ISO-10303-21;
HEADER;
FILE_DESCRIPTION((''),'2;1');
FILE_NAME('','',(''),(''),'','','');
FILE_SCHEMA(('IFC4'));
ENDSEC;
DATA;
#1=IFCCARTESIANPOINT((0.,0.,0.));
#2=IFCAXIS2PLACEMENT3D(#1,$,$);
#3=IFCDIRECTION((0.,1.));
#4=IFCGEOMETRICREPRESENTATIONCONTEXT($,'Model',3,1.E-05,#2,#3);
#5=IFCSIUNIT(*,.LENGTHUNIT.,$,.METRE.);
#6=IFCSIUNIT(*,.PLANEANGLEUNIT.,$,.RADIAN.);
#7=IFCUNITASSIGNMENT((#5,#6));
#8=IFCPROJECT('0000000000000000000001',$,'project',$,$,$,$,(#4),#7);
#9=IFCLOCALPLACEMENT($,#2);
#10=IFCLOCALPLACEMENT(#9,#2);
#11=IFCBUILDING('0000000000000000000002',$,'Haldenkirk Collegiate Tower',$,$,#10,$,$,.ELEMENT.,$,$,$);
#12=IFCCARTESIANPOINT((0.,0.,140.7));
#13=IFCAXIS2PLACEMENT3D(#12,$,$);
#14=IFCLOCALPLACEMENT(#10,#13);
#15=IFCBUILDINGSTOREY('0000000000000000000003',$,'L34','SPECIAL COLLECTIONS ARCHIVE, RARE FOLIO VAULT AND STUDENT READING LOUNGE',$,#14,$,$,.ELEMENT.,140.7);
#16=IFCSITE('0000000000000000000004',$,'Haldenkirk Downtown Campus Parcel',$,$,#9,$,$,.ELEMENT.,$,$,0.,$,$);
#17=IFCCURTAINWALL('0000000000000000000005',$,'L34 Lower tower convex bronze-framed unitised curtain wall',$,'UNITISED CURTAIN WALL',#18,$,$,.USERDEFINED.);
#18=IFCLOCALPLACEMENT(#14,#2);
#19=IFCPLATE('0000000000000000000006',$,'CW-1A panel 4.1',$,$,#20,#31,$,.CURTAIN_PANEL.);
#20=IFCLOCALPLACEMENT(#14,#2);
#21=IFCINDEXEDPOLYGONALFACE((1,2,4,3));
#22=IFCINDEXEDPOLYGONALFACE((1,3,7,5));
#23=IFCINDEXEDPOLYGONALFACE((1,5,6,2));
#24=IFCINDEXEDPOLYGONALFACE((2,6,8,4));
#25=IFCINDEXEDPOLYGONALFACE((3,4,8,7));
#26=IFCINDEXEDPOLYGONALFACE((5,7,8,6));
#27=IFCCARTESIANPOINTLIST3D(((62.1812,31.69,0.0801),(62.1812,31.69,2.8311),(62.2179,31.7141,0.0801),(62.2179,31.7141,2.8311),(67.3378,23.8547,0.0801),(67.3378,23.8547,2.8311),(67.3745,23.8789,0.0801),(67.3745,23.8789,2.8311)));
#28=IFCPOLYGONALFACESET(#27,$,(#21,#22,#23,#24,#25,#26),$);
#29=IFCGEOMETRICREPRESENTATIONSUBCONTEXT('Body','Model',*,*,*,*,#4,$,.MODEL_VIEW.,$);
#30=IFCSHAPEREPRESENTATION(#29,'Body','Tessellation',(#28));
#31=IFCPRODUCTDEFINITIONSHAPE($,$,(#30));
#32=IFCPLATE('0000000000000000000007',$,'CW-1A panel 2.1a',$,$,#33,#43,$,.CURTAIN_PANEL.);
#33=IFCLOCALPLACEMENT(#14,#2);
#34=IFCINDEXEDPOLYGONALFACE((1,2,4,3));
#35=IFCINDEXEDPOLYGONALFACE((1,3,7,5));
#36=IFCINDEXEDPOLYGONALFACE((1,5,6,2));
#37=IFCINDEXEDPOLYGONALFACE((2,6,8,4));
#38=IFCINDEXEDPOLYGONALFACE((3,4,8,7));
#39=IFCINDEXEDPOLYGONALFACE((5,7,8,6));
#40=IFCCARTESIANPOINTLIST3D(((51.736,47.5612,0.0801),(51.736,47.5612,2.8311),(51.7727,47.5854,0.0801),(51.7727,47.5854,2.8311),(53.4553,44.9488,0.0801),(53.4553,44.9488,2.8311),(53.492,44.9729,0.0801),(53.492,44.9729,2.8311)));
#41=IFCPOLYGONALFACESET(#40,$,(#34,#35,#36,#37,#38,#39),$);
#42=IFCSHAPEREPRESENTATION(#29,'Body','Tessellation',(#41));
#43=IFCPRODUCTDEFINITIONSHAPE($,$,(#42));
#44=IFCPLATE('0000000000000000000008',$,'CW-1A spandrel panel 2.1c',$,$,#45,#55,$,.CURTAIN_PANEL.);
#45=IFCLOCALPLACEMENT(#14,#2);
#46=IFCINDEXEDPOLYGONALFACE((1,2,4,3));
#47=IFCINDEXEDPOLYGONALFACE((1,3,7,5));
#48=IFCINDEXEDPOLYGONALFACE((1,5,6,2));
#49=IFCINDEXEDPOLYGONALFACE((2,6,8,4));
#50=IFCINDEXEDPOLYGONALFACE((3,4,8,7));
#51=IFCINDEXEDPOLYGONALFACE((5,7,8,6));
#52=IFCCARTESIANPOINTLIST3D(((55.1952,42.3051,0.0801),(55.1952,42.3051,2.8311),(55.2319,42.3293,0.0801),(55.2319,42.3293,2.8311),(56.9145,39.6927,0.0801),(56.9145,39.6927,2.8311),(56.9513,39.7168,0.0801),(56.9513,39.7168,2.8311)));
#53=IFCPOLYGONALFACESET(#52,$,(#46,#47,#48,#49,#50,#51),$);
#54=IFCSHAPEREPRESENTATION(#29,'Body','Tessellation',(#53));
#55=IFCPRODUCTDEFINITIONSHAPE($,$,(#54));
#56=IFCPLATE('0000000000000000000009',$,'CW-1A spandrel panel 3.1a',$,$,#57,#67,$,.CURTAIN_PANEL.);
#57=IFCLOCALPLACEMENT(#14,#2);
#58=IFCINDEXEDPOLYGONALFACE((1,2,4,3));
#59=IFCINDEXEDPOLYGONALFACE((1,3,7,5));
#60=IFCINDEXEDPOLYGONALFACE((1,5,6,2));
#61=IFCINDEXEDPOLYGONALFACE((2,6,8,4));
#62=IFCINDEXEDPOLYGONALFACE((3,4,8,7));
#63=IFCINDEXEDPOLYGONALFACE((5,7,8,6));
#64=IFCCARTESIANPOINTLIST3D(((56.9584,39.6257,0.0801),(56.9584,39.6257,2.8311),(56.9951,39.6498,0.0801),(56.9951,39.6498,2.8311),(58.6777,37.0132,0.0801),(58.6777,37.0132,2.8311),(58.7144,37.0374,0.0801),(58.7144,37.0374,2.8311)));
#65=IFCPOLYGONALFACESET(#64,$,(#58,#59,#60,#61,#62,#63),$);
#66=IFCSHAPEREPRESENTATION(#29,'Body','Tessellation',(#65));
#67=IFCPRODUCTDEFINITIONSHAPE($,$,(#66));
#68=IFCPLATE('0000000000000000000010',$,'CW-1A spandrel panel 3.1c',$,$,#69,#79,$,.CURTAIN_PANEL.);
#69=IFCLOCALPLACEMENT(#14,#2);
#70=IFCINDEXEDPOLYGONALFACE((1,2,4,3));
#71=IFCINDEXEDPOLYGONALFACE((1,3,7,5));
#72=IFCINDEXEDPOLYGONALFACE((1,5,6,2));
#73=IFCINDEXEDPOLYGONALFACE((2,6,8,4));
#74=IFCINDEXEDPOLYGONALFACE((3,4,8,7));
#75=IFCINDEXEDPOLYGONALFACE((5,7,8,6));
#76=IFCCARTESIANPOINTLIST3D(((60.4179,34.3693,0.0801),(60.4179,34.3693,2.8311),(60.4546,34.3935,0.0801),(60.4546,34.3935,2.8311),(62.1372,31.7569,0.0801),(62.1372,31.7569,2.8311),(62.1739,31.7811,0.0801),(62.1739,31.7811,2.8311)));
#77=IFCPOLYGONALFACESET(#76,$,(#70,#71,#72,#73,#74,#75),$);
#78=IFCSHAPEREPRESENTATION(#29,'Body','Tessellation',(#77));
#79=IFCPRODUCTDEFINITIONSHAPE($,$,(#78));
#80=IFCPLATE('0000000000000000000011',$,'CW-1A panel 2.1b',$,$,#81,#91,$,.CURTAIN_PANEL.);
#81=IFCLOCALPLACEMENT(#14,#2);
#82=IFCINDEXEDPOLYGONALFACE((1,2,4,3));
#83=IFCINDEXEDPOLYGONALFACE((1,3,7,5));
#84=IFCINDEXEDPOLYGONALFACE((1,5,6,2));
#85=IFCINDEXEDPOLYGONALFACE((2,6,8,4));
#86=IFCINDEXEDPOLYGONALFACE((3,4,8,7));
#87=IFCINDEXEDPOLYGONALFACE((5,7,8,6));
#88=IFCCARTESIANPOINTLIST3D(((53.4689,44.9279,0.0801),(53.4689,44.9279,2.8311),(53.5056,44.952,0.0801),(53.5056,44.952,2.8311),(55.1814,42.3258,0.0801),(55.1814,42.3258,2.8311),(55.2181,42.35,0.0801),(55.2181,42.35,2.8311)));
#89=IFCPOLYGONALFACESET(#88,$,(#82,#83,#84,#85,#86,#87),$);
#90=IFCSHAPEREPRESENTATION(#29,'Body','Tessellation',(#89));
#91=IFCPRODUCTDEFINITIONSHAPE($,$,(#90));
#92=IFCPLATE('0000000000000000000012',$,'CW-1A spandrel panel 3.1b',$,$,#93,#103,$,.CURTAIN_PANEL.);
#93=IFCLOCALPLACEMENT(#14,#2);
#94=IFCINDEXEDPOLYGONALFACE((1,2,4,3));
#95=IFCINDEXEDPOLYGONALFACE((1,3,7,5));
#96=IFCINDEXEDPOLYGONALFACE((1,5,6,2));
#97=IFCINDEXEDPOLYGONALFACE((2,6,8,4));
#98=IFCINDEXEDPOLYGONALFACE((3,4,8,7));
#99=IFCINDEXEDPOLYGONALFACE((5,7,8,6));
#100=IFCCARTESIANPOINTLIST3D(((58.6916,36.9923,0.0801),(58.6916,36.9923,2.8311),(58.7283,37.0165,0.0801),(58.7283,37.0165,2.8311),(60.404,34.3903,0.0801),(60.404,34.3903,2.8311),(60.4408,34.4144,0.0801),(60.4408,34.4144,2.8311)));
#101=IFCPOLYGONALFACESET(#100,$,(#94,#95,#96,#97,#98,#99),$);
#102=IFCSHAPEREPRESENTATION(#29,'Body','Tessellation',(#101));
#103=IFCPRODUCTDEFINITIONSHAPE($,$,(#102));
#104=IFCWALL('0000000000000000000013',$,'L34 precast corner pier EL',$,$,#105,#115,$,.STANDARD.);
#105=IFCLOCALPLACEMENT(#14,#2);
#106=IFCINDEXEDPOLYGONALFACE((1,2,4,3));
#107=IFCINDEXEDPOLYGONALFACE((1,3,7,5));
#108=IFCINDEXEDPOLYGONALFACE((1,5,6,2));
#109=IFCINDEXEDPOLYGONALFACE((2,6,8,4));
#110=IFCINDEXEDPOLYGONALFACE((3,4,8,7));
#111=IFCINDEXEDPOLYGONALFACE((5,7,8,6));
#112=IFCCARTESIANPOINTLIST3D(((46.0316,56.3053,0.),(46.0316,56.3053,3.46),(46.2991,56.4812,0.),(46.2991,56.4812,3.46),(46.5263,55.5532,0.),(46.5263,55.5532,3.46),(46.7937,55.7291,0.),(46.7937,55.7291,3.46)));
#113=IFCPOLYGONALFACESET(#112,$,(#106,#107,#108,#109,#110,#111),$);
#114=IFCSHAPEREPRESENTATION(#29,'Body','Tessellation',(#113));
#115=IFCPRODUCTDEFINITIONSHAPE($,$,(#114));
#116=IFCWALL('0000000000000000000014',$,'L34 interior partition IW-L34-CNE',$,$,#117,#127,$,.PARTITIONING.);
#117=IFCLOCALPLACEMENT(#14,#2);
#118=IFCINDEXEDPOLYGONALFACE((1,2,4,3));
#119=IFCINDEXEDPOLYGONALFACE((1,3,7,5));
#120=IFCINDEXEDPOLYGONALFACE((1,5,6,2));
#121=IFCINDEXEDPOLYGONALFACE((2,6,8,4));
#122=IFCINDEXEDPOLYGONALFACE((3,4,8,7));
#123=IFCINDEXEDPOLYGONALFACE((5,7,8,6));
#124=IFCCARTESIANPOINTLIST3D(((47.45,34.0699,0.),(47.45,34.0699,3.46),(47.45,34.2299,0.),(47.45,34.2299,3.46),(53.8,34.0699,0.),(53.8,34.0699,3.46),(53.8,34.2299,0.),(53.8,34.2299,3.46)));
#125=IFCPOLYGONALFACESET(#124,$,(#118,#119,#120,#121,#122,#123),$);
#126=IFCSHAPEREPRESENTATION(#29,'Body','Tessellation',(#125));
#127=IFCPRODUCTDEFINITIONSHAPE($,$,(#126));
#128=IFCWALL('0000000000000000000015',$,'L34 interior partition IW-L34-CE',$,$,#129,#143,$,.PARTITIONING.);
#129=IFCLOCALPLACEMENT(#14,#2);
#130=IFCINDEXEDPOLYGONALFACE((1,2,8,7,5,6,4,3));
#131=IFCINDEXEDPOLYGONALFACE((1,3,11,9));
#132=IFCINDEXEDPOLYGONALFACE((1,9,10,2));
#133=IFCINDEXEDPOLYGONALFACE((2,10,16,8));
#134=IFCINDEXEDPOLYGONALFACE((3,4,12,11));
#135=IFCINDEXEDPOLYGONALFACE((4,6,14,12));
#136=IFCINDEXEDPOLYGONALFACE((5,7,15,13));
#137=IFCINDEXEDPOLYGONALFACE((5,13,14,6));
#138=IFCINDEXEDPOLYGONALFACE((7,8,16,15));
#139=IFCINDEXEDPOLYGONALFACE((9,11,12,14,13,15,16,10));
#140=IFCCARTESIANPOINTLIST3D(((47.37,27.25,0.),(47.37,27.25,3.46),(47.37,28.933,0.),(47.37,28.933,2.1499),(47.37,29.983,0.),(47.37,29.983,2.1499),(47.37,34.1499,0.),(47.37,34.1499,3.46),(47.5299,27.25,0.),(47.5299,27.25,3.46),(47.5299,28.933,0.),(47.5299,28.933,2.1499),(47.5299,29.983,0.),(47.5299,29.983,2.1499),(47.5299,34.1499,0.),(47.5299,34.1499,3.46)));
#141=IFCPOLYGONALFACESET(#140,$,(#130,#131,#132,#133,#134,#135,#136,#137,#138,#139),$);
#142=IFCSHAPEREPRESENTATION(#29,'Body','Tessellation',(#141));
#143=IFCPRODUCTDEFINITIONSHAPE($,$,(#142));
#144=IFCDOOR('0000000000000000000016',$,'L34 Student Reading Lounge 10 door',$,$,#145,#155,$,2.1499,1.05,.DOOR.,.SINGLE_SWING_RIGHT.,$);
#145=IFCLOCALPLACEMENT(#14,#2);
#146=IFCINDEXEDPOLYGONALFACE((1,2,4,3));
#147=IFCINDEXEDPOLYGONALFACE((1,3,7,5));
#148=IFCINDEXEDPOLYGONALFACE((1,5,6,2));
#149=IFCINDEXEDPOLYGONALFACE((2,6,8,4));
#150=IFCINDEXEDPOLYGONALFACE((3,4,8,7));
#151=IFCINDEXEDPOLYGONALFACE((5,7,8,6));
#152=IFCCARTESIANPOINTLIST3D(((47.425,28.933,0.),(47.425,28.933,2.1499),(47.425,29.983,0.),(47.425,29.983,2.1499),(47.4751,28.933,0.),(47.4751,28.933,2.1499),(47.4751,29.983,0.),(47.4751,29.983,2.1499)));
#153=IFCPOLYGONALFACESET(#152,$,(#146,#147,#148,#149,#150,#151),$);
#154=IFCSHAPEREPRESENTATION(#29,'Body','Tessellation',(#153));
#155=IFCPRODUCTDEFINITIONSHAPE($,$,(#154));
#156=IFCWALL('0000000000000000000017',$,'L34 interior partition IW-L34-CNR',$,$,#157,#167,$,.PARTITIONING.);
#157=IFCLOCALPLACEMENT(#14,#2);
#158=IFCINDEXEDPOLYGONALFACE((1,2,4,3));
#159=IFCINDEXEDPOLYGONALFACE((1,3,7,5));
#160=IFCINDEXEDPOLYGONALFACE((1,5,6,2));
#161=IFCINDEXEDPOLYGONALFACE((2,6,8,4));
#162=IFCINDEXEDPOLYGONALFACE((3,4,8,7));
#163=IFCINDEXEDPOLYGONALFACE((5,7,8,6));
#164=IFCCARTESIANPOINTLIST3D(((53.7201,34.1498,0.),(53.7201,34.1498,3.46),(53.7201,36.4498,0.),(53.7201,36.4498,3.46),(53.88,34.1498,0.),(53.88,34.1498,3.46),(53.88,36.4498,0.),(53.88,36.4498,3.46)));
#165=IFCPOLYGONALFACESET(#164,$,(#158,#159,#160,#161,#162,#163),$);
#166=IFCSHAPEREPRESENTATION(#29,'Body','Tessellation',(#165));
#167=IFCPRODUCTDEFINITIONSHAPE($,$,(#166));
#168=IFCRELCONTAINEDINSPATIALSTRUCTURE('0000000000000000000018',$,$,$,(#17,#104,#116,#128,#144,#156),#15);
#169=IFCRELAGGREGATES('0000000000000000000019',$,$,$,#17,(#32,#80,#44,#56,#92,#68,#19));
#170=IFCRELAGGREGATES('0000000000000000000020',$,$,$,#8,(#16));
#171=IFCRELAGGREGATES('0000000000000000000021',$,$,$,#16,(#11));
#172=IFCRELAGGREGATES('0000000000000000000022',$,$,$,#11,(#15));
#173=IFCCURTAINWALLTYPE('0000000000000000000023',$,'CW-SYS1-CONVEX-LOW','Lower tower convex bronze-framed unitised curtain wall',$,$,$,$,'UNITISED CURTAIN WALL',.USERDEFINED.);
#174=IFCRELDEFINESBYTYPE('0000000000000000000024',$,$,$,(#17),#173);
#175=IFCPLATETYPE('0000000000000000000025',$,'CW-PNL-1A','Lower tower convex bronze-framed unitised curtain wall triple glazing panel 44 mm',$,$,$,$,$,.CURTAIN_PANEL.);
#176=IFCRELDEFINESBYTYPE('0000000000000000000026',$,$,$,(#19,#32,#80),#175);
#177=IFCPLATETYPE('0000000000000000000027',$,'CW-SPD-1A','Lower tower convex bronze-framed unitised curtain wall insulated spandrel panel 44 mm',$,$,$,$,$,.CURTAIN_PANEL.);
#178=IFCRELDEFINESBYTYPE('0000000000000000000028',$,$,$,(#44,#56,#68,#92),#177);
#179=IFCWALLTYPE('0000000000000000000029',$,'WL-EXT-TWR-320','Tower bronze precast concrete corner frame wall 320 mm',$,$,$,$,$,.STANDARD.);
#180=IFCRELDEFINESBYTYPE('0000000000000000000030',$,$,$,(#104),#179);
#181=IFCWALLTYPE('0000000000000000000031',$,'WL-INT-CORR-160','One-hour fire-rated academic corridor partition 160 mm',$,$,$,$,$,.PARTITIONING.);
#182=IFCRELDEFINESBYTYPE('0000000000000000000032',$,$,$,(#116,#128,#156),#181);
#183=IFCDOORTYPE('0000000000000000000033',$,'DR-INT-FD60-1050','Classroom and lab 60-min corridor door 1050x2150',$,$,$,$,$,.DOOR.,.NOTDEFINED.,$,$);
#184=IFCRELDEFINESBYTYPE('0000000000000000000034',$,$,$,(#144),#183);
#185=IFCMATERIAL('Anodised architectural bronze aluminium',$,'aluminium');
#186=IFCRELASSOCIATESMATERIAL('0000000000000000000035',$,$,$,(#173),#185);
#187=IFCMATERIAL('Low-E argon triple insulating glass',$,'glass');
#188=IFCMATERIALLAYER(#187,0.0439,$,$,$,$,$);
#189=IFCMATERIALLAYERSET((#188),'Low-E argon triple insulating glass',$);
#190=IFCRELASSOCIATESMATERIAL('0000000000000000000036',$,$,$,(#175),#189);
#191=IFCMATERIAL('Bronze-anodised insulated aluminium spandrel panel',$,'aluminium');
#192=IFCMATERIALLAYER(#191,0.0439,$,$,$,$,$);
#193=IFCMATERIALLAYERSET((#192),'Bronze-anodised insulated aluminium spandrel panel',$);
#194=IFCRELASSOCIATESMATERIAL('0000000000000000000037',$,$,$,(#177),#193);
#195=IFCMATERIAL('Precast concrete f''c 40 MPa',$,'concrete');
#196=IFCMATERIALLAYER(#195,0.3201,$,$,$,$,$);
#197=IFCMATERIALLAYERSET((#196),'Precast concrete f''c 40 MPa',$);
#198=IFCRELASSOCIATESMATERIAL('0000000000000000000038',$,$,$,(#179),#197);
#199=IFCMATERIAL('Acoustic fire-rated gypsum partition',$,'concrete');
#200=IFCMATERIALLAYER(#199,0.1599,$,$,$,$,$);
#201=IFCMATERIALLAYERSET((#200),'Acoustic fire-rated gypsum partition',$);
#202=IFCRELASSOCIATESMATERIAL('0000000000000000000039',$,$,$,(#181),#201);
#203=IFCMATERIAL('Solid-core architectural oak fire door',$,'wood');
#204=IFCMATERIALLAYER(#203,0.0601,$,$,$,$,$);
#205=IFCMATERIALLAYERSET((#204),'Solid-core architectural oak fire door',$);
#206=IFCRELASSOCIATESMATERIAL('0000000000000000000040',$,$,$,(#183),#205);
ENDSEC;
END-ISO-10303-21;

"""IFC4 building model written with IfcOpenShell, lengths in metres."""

from ifc_helpers import new_model, si_unit, direction, frame, frame_2d, origin, origin_2d, place, context, subcontext, project, spatial, rectangle, extrude, source, transform, mapped, material, layer, layer_set, type_object, element, fill, aggregate, save


model = new_model("IFC4")

# Units and contexts
model_context = context("Model", 3, precision=1e-05, world=origin(), true_north=direction((0.0, 1.0)))
body_context = subcontext(model_context, "Body", "Model", "MODEL_VIEW")
ifc_project = project(units=[si_unit("LENGTHUNIT", "METRE"), si_unit("PLANEANGLEUNIT", "RADIAN")], contexts=[model_context])

# Site, building, storey
site_placement = place(None, origin())
site = spatial("IfcSite", under=ifc_project, at=site_placement, Name="Haldenkirk Downtown Campus Parcel", CompositionType="ELEMENT", RefElevation=0.0)
building_placement = place(site_placement, origin())
building = spatial("IfcBuilding", under=site, at=building_placement, Name="Haldenkirk Collegiate Tower", CompositionType="ELEMENT")
storey_placement = place(building_placement, frame((0.0, 0.0, 140.7)))
storey = spatial("IfcBuildingStorey", under=building, at=storey_placement, Name="L34", Description="SPECIAL COLLECTIONS ARCHIVE, RARE FOLIO VAULT AND STUDENT READING LOUNGE", CompositionType="ELEMENT", Elevation=140.7)

# Curtain wall, plates
ifc_material_1 = material(Name="Anodised architectural bronze aluminium", Category="aluminium")
curtain_wall_type = type_object("IfcCurtainWallType", Name="CW-SYS1-CONVEX-LOW", Description="Lower tower convex bronze-framed unitised curtain wall", ElementType="UNITISED CURTAIN WALL", PredefinedType="USERDEFINED", material=ifc_material_1)
curtain_wall_placement = place(storey_placement, origin())
curtain_wall = element("IfcCurtainWall", 1, at=curtain_wall_placement, inside=storey, type_object=curtain_wall_type, Name="L34 Lower tower convex bronze-framed unitised curtain wall", ObjectType="UNITISED CURTAIN WALL", PredefinedType="USERDEFINED")
ifc_material_2 = material(Name="Low-E argon triple insulating glass", Category="glass")
ifc_layer_1 = layer(ifc_material_2, 0.0439)
ifc_layer_set_1 = layer_set([ifc_layer_1], Name="Low-E argon triple insulating glass")
plate_type_1 = type_object("IfcPlateType", Name="CW-PNL-1A", Description="Lower tower convex bronze-framed unitised curtain wall triple glazing panel 44 mm", PredefinedType="CURTAIN_PANEL", material=ifc_layer_set_1)
shared_shape_1 = source(origin(), body_context, "Body", "SweptSolid", [
    extrude(rectangle(XDim=9.3799, YDim=0.0439, at=origin_2d()), origin(), (0.0, 0.0, 1.0), 2.751),
])
plate_1_placement = place(storey_placement, frame((64.7778, 27.7844, 0.0801), z_axis=(0.0, 0.0, 1.0), x_axis=(0.549751, -0.835328, 0.0)))
plate_1 = element("IfcPlate", 2, at=plate_1_placement, type_object=plate_type_1, Name="CW-1A panel 4.1", PredefinedType="CURTAIN_PANEL", context=body_context, shape_type="MappedRepresentation", body=[
    mapped(shared_shape_1, transform((0.0, 0.0, 0.0), x_axis=(1.0, 0.0, 0.0), y_axis=(0.0, 1.0, 0.0), z_axis=(0.0, 0.0, 1.0), scale=1.0)),
])
shared_shape_2 = source(origin(), body_context, "Body", "SweptSolid", [
    extrude(rectangle(XDim=3.1274, YDim=0.0439, at=origin_2d()), origin(), (0.0, 0.0, 1.0), 2.751),
])
plate_2_placement = place(storey_placement, frame((52.614, 46.2671, 0.0801), z_axis=(0.0, 0.0, 1.0), x_axis=(0.549751, -0.835328, 0.0)))
plate_2 = element("IfcPlate", 3, at=plate_2_placement, type_object=plate_type_1, Name="CW-1A panel 2.1a", PredefinedType="CURTAIN_PANEL", context=body_context, shape_type="MappedRepresentation", body=[
    mapped(shared_shape_2, transform((0.0, 0.0, 0.0), x_axis=(1.0, 0.0, 0.0), y_axis=(0.0, 1.0, 0.0), z_axis=(0.0, 0.0, 1.0), scale=1.0)),
])
ifc_material_3 = material(Name="Bronze-anodised insulated aluminium spandrel panel", Category="aluminium")
ifc_layer_2 = layer(ifc_material_3, 0.0439)
ifc_layer_set_2 = layer_set([ifc_layer_2], Name="Bronze-anodised insulated aluminium spandrel panel")
plate_type_2 = type_object("IfcPlateType", Name="CW-SPD-1A", Description="Lower tower convex bronze-framed unitised curtain wall insulated spandrel panel 44 mm", PredefinedType="CURTAIN_PANEL", material=ifc_layer_set_2)
plate_3_placement = place(storey_placement, frame((56.0732, 41.011, 0.0801), z_axis=(0.0, 0.0, 1.0), x_axis=(0.549751, -0.835328, 0.0)))
plate_3 = element("IfcPlate", 4, at=plate_3_placement, type_object=plate_type_2, Name="CW-1A spandrel panel 2.1c", PredefinedType="CURTAIN_PANEL", context=body_context, shape_type="MappedRepresentation", body=[
    mapped(shared_shape_2, transform((0.0, 0.0, 0.0), x_axis=(1.0, 0.0, 0.0), y_axis=(0.0, 1.0, 0.0), z_axis=(0.0, 0.0, 1.0), scale=1.0)),
])
plate_4_placement = place(storey_placement, frame((57.8364, 38.3315, 0.0801), z_axis=(0.0, 0.0, 1.0), x_axis=(0.549751, -0.835328, 0.0)))
plate_4 = element("IfcPlate", 5, at=plate_4_placement, type_object=plate_type_2, Name="CW-1A spandrel panel 3.1a", PredefinedType="CURTAIN_PANEL", context=body_context, shape_type="MappedRepresentation", body=[
    mapped(shared_shape_2, transform((0.0, 0.0, 0.0), x_axis=(1.0, 0.0, 0.0), y_axis=(0.0, 1.0, 0.0), z_axis=(0.0, 0.0, 1.0), scale=1.0)),
])
plate_5_placement = place(storey_placement, frame((61.2959, 33.0752, 0.0801), z_axis=(0.0, 0.0, 1.0), x_axis=(0.549751, -0.835328, 0.0)))
plate_5 = element("IfcPlate", 6, at=plate_5_placement, type_object=plate_type_2, Name="CW-1A spandrel panel 3.1c", PredefinedType="CURTAIN_PANEL", context=body_context, shape_type="MappedRepresentation", body=[
    mapped(shared_shape_2, transform((0.0, 0.0, 0.0), x_axis=(1.0, 0.0, 0.0), y_axis=(0.0, 1.0, 0.0), z_axis=(0.0, 0.0, 1.0), scale=1.0)),
])
shared_shape_3 = source(origin(), body_context, "Body", "SweptSolid", [
    extrude(rectangle(XDim=3.115, YDim=0.0439, at=origin_2d()), origin(), (0.0, 0.0, 1.0), 2.751),
])
plate_6_placement = place(storey_placement, frame((54.3435, 43.6389, 0.0801), z_axis=(0.0, 0.0, 1.0), x_axis=(0.549751, -0.835328, 0.0)))
plate_6 = element("IfcPlate", 7, at=plate_6_placement, type_object=plate_type_1, Name="CW-1A panel 2.1b", PredefinedType="CURTAIN_PANEL", context=body_context, shape_type="MappedRepresentation", body=[
    mapped(shared_shape_3, transform((0.0, 0.0, 0.0), x_axis=(1.0, 0.0, 0.0), y_axis=(0.0, 1.0, 0.0), z_axis=(0.0, 0.0, 1.0), scale=1.0)),
])
plate_7_placement = place(storey_placement, frame((59.5662, 35.7034, 0.0801), z_axis=(0.0, 0.0, 1.0), x_axis=(0.549751, -0.835328, 0.0)))
plate_7 = element("IfcPlate", 8, at=plate_7_placement, type_object=plate_type_2, Name="CW-1A spandrel panel 3.1b", PredefinedType="CURTAIN_PANEL", context=body_context, shape_type="MappedRepresentation", body=[
    mapped(shared_shape_3, transform((0.0, 0.0, 0.0), x_axis=(1.0, 0.0, 0.0), y_axis=(0.0, 1.0, 0.0), z_axis=(0.0, 0.0, 1.0), scale=1.0)),
])
aggregate(curtain_wall, [plate_2, plate_6, plate_3, plate_4, plate_7, plate_5, plate_1])

# Walls
ifc_material_4 = material(Name="Precast concrete f'c 40 MPa", Category="concrete")
ifc_layer_3 = layer(ifc_material_4, 0.3201)
ifc_layer_set_3 = layer_set([ifc_layer_3], Name="Precast concrete f'c 40 MPa")
wall_type_1 = type_object("IfcWallType", Name="WL-EXT-TWR-320", Description="Tower bronze precast concrete corner frame wall 320 mm", PredefinedType="STANDARD", material=ifc_layer_set_3)
wall_1_placement = place(storey_placement, frame((46.1653, 56.3933, 0.0), z_axis=(0.0, 0.0, 1.0), x_axis=(0.549557, -0.835456, 0.0)))
element("IfcWall", 9, at=wall_1_placement, inside=storey, type_object=wall_type_1, Name="L34 precast corner pier EL", PredefinedType="STANDARD", context=body_context, shape_type="SweptSolid", body=[
    extrude(rectangle(XDim=0.9001, YDim=0.3201, at=frame_2d((0.4502, 0.0))), origin(), (0.0, 0.0, 1.0), 3.46),
])
ifc_material_5 = material(Name="Acoustic fire-rated gypsum partition", Category="concrete")
ifc_layer_4 = layer(ifc_material_5, 0.1599)
ifc_layer_set_4 = layer_set([ifc_layer_4], Name="Acoustic fire-rated gypsum partition")
wall_type_2 = type_object("IfcWallType", Name="WL-INT-CORR-160", Description="One-hour fire-rated academic corridor partition 160 mm", PredefinedType="PARTITIONING", material=ifc_layer_set_4)
wall_2_placement = place(storey_placement, frame((47.45, 34.1499, 0.0), z_axis=(0.0, 0.0, 1.0), x_axis=(1.0, 0.0, 0.0)))
element("IfcWall", 10, at=wall_2_placement, inside=storey, type_object=wall_type_2, Name="L34 interior partition IW-L34-CNE", PredefinedType="PARTITIONING", context=body_context, shape_type="SweptSolid", body=[
    extrude(rectangle(XDim=6.3501, YDim=0.1599, at=frame_2d((3.175, 0.0))), origin(), (0.0, 0.0, 1.0), 3.46),
])

# Wall, opening, door
wall_3_placement = place(storey_placement, frame((47.45, 27.25, 0.0), z_axis=(0.0, 0.0, 1.0), x_axis=(0.0, 1.0, 0.0)))
wall_3 = element("IfcWall", 11, at=wall_3_placement, inside=storey, type_object=wall_type_2, Name="L34 interior partition IW-L34-CE", PredefinedType="PARTITIONING", context=body_context, shape_type="SweptSolid", body=[
    extrude(rectangle(XDim=6.8999, YDim=0.1599, at=frame_2d((3.45, 0.0))), origin(), (0.0, 0.0, 1.0), 3.46),
])
opening_placement = place(wall_3_placement, frame((1.6831, 0.0, 0.0)))
opening = element("IfcOpeningElement", 12, at=opening_placement, cuts=wall_3, PredefinedType="OPENING", context=body_context, shape_type="SweptSolid", body=[
    extrude(rectangle(XDim=1.05, YDim=2.1499, at=frame_2d((0.5249, 1.075))), frame((0.0, 0.0898, 0.0), z_axis=(0.0, -1.0, 0.0), x_axis=(1.0, 0.0, 0.0)), (0.0, 0.0, 1.0), 0.1799),
])
ifc_material_6 = material(Name="Solid-core architectural oak fire door", Category="wood")
ifc_layer_5 = layer(ifc_material_6, 0.0601)
ifc_layer_set_5 = layer_set([ifc_layer_5], Name="Solid-core architectural oak fire door")
door_type = type_object("IfcDoorType", Name="DR-INT-FD60-1050", Description="Classroom and lab 60-min corridor door 1050x2150", OperationType="NOTDEFINED", PredefinedType="DOOR", material=ifc_layer_set_5)
door_placement = place(opening_placement, origin())
door = element("IfcDoor", 13, at=door_placement, inside=storey, type_object=door_type, Name="L34 Student Reading Lounge 10 door", OperationType="SINGLE_SWING_RIGHT", OverallHeight=2.1499, OverallWidth=1.05, PredefinedType="DOOR", context=body_context, shape_type="SweptSolid", body=[
    extrude(rectangle(XDim=1.05, YDim=2.1499, at=frame_2d((0.5249, 1.075))), frame((0.0, 0.0249, 0.0), z_axis=(0.0, -1.0, 0.0), x_axis=(1.0, 0.0, 0.0)), (0.0, 0.0, 1.0), 0.05),
])
fill(opening, door)

# Wall
wall_4_placement = place(storey_placement, frame((53.8, 34.1499, 0.0), z_axis=(0.0, 0.0, 1.0), x_axis=(0.0, 1.0, 0.0)))
element("IfcWall", 14, at=wall_4_placement, inside=storey, type_object=wall_type_2, Name="L34 interior partition IW-L34-CNR", PredefinedType="PARTITIONING", context=body_context, shape_type="SweptSolid", body=[
    extrude(rectangle(XDim=2.3, YDim=0.1599, at=frame_2d((1.1499, 0.0))), origin(), (0.0, 0.0, 1.0), 3.46),
])

save(model, "model.ifc")
